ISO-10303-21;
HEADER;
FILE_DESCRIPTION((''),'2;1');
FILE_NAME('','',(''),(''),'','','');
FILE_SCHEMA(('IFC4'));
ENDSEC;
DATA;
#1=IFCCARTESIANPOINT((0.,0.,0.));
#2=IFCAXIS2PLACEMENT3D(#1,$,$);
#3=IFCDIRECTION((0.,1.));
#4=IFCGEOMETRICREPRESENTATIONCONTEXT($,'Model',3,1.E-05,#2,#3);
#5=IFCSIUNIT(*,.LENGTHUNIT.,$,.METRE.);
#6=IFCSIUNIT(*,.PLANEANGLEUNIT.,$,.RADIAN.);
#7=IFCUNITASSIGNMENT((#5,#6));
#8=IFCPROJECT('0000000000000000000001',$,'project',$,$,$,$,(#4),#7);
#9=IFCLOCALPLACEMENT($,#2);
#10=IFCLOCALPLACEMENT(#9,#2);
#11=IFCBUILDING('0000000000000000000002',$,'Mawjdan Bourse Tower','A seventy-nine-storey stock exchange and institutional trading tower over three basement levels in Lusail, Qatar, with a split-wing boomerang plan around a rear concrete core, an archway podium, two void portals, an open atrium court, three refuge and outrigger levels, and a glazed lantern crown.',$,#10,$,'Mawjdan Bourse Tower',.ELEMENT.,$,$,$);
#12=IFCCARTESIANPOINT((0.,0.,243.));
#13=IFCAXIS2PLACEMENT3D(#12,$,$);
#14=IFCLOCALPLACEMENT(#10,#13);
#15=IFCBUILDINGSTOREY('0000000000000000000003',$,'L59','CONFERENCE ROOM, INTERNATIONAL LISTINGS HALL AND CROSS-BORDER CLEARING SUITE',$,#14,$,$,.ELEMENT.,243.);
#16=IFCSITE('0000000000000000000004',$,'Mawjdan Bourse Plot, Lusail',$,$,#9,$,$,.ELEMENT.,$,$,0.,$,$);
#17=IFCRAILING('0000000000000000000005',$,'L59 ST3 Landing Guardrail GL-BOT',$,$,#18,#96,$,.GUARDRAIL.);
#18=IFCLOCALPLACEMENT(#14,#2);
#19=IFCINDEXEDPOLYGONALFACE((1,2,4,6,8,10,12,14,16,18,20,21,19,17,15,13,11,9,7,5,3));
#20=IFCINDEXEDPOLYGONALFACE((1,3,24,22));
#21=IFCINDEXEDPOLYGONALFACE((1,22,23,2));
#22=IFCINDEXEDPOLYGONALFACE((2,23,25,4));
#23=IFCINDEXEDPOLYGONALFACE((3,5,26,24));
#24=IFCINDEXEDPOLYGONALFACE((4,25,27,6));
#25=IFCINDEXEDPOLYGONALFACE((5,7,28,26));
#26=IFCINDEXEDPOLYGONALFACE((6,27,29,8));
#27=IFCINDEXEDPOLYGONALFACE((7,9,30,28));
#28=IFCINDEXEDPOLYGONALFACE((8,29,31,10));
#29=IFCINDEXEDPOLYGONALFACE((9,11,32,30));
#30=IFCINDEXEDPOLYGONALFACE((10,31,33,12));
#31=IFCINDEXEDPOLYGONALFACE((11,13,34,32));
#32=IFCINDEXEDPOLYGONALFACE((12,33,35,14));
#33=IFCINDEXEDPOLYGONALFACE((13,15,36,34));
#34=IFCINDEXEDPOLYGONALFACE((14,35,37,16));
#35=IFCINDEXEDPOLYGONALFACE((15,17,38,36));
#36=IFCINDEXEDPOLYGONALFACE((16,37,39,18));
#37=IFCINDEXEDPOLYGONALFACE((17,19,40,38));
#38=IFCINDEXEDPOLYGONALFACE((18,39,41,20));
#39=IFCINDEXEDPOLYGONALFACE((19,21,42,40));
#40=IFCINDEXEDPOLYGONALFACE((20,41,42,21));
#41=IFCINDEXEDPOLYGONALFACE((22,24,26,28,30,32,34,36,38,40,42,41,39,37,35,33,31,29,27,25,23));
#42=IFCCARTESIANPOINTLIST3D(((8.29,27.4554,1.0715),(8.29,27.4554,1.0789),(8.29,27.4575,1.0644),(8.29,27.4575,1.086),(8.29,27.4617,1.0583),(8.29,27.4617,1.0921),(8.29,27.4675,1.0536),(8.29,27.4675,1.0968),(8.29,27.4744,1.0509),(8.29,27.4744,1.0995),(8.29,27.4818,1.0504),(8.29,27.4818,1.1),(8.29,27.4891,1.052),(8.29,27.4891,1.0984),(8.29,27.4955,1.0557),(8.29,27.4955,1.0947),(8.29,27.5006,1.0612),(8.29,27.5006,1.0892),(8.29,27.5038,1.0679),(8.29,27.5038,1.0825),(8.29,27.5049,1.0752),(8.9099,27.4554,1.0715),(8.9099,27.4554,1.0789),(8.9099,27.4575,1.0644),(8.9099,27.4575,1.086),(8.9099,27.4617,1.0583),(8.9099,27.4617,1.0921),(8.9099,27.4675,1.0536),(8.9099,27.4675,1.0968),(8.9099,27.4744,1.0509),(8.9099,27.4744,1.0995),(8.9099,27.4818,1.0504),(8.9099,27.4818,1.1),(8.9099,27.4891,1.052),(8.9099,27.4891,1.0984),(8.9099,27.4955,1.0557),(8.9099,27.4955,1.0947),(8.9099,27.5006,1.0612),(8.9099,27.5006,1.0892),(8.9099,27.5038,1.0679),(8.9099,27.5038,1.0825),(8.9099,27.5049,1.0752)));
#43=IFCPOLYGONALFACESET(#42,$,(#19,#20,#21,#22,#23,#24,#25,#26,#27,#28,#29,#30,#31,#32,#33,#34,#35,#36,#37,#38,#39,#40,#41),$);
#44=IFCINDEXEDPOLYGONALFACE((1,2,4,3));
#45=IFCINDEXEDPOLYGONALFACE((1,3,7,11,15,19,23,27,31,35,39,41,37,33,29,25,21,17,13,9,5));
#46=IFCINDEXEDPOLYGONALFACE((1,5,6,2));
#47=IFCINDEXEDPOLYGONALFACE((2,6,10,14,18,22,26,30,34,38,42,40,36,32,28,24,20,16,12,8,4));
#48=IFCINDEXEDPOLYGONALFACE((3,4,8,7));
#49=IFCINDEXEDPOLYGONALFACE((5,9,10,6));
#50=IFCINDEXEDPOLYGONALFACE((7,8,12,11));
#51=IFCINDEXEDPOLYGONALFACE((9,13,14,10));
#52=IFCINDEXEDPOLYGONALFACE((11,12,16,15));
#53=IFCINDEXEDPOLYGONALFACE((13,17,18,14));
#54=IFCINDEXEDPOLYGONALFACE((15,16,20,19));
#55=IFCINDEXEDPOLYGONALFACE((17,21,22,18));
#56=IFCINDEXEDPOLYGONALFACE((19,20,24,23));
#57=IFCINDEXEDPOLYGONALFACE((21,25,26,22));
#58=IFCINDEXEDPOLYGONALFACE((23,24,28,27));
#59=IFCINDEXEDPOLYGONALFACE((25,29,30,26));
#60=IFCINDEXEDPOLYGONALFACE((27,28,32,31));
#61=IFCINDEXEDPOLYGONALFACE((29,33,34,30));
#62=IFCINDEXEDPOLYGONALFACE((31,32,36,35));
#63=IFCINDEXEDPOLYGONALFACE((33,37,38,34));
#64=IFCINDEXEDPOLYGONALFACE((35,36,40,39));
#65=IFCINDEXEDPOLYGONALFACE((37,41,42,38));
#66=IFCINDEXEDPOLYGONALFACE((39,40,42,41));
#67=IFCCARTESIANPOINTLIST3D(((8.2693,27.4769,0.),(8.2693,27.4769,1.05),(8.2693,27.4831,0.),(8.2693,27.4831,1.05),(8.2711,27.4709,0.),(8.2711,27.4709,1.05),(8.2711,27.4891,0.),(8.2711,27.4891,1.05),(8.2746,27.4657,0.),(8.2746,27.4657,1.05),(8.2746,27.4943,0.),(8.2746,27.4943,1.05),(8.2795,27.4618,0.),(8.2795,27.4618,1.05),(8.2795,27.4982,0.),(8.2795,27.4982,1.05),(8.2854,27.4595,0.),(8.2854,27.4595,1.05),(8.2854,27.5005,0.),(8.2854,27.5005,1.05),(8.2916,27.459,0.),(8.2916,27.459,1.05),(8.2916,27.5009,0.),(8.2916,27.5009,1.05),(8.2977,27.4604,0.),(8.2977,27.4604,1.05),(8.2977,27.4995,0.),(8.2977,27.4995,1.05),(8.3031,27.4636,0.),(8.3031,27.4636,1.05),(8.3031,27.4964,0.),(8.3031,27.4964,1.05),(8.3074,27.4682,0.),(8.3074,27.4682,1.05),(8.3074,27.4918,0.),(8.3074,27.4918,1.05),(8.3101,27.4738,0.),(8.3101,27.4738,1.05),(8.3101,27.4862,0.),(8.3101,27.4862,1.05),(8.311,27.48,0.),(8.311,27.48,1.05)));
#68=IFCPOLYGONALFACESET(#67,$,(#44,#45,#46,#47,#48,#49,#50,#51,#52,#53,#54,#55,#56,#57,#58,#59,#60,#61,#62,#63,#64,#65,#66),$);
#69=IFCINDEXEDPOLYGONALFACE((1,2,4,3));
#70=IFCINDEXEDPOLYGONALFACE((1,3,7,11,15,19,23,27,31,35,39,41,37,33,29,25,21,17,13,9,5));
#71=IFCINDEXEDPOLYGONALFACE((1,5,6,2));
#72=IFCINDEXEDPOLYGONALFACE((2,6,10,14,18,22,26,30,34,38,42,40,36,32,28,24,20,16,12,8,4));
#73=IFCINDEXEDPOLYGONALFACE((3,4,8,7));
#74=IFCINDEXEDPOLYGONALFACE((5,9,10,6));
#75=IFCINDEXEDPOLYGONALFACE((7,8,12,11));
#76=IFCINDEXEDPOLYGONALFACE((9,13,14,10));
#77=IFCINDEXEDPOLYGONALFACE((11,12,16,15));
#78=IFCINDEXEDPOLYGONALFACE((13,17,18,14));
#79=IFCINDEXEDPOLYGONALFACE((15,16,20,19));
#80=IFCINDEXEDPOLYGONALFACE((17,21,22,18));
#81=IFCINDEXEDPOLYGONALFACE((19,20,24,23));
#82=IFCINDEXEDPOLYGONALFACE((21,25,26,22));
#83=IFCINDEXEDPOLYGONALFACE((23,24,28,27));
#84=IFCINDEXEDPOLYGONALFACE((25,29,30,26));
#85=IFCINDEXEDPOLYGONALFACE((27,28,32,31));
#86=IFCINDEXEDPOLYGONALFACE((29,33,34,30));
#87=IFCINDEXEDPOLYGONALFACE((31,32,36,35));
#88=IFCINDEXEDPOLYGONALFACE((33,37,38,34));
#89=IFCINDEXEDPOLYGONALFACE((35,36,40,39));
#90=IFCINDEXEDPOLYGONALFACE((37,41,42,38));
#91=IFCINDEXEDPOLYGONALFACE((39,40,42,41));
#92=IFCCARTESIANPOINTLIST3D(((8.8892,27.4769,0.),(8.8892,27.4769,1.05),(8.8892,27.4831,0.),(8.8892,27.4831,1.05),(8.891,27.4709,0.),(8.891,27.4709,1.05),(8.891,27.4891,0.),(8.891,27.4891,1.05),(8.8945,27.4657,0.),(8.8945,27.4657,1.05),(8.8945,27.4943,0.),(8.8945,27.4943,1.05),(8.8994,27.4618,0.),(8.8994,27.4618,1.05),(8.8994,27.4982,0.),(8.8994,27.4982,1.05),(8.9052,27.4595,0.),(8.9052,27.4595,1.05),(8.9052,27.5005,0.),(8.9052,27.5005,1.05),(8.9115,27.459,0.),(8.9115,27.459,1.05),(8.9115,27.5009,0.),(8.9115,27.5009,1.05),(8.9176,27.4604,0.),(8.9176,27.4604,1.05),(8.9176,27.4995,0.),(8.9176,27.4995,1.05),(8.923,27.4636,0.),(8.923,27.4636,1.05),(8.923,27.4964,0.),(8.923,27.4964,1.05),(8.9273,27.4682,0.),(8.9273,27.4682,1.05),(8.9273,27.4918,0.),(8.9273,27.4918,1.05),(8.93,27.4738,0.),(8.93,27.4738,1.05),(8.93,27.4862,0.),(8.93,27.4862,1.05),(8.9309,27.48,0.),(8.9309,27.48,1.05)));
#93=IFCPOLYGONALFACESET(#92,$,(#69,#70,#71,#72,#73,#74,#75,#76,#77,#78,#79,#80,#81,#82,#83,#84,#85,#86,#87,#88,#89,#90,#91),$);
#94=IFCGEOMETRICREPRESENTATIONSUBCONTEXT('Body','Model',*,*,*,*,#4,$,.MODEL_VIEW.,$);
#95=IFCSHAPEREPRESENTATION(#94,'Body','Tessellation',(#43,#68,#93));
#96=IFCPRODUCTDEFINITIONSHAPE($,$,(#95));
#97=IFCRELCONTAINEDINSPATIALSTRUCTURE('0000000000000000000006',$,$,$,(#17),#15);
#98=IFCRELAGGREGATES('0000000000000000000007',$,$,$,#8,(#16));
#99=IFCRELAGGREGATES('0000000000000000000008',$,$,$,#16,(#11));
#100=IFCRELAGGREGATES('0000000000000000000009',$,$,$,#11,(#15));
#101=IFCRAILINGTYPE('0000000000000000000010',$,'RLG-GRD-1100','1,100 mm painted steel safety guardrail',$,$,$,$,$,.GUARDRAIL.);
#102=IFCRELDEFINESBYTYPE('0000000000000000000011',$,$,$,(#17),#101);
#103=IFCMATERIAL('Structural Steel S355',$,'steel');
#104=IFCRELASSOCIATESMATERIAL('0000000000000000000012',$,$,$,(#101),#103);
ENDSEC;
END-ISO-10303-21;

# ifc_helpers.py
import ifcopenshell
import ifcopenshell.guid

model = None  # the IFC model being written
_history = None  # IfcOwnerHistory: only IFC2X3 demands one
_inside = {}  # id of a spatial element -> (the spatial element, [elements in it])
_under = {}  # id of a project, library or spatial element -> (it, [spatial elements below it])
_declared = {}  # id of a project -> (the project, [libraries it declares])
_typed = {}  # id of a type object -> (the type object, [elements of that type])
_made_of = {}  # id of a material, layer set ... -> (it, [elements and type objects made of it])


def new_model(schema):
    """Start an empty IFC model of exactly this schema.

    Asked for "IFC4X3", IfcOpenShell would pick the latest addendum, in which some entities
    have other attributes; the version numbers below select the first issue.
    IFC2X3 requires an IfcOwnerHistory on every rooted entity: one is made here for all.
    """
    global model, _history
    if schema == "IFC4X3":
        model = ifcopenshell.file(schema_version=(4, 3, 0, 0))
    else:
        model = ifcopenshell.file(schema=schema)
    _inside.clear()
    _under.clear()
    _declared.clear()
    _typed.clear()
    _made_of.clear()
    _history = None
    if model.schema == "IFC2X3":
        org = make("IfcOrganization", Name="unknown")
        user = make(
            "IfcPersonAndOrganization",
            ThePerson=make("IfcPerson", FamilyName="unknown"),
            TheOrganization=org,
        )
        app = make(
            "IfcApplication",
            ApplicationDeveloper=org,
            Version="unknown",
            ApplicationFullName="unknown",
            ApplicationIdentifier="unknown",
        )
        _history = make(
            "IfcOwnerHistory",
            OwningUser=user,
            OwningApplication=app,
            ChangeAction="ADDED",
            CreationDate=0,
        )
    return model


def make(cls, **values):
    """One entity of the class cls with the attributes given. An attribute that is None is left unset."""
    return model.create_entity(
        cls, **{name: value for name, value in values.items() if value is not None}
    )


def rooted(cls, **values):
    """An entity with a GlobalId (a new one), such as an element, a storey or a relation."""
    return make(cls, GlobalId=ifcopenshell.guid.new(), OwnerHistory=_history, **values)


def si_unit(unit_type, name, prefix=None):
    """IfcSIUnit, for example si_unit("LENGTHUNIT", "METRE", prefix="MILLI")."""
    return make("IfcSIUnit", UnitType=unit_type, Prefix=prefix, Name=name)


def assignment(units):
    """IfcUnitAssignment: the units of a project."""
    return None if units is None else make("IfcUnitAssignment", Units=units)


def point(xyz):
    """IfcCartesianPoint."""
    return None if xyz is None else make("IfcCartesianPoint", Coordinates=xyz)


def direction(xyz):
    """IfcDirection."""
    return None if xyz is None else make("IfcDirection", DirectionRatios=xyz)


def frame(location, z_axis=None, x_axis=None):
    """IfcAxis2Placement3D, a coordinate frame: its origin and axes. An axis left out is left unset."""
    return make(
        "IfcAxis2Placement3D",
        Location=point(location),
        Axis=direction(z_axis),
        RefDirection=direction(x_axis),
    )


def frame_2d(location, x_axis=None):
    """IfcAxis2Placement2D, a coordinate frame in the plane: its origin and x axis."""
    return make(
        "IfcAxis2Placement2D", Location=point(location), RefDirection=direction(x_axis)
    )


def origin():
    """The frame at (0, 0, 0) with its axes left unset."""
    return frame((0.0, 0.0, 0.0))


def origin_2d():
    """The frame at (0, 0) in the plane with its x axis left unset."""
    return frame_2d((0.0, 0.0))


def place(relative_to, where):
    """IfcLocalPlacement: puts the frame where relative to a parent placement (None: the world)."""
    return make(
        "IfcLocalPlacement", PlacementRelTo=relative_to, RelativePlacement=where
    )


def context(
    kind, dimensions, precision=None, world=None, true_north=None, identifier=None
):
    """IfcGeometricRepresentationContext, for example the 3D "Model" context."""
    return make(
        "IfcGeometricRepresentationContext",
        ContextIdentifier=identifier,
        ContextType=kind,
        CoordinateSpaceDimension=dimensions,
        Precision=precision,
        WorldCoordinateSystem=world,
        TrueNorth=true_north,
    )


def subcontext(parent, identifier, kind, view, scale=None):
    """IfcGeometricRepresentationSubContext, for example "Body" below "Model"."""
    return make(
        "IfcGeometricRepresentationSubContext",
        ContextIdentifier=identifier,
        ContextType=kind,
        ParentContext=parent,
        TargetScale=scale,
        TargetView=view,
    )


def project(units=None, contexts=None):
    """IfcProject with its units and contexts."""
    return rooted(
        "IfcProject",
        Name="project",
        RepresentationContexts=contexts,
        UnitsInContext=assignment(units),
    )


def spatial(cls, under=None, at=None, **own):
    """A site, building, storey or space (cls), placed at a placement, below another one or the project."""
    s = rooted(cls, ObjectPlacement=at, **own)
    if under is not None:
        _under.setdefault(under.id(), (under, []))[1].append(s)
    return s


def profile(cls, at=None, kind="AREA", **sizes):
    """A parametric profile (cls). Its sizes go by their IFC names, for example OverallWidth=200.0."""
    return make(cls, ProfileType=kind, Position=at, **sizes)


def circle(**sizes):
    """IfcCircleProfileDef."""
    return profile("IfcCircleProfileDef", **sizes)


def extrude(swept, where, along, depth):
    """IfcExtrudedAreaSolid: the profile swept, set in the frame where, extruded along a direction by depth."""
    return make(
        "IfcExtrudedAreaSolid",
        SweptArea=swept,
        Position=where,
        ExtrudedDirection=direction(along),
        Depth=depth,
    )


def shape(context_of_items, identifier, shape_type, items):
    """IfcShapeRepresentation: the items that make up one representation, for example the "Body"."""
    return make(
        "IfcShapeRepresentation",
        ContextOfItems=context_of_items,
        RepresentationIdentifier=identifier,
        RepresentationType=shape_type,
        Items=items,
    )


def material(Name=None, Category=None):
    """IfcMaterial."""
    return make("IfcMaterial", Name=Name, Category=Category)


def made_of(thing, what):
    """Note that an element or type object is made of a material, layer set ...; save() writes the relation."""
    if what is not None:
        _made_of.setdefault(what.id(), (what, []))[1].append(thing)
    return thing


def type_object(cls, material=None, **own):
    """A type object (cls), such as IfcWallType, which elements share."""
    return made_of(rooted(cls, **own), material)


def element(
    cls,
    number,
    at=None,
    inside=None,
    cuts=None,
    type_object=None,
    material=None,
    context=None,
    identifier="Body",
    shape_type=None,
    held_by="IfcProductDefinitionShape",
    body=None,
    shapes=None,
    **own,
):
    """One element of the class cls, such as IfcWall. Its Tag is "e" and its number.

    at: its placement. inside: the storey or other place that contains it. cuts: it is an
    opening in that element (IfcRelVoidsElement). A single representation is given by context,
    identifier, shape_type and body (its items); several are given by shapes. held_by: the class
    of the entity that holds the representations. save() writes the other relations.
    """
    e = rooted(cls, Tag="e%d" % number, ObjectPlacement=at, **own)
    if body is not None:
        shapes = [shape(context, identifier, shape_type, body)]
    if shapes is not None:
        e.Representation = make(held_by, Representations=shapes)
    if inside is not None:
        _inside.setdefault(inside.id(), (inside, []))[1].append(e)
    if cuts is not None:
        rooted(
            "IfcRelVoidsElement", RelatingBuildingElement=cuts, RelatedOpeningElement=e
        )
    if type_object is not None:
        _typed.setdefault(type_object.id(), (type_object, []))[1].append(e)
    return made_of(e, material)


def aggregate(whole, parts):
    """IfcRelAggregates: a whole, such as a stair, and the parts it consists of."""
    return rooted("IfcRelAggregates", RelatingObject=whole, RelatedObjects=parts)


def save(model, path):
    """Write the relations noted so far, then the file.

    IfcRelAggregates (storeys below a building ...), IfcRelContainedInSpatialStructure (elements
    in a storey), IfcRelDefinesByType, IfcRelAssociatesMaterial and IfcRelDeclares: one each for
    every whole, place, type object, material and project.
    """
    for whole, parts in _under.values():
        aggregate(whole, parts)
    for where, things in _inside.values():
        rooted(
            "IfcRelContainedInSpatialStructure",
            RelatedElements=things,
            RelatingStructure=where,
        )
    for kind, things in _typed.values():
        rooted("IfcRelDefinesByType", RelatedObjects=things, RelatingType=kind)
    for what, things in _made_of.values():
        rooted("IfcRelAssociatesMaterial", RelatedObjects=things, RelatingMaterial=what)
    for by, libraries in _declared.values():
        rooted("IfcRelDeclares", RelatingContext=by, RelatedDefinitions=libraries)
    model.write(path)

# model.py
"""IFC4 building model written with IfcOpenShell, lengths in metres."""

from ifc_helpers import new_model, si_unit, direction, frame, origin, origin_2d, place, context, subcontext, project, spatial, circle, extrude, material, type_object, element, save


model = new_model("IFC4")

# Units and contexts
model_context = context("Model", 3, precision=1e-05, world=origin(), true_north=direction((0.0, 1.0)))
body_context = subcontext(model_context, "Body", "Model", "MODEL_VIEW")
ifc_project = project(units=[si_unit("LENGTHUNIT", "METRE"), si_unit("PLANEANGLEUNIT", "RADIAN")], contexts=[model_context])

# Site, building, storey
site_placement = place(None, origin())
site = spatial("IfcSite", under=ifc_project, at=site_placement, Name="Mawjdan Bourse Plot, Lusail", CompositionType="ELEMENT", RefElevation=0.0)
building_placement = place(site_placement, origin())
building = spatial("IfcBuilding", under=site, at=building_placement, Name="Mawjdan Bourse Tower", Description="A seventy-nine-storey stock exchange and institutional trading tower over three basement levels in Lusail, Qatar, with a split-wing boomerang plan around a rear concrete core, an archway podium, two void portals, an open atrium court, three refuge and outrigger levels, and a glazed lantern crown.", LongName="Mawjdan Bourse Tower", CompositionType="ELEMENT")
storey_placement = place(building_placement, frame((0.0, 0.0, 243.0)))
storey = spatial("IfcBuildingStorey", under=building, at=storey_placement, Name="L59", Description="CONFERENCE ROOM, INTERNATIONAL LISTINGS HALL AND CROSS-BORDER CLEARING SUITE", CompositionType="ELEMENT", Elevation=243.0)

# Shared definitions
ifc_material_1 = material(Name="Structural Steel S355", Category="steel")

# Railing
railing_type_1 = type_object("IfcRailingType", Name="RLG-GRD-1100", Description="1,100 mm painted steel safety guardrail", PredefinedType="GUARDRAIL", material=ifc_material_1)
railing_1_placement = place(storey_placement, frame((8.29, 27.48, 0.0)))
element("IfcRailing", 1, at=railing_1_placement, inside=storey, type_object=railing_type_1, Name="L59 ST3 Landing Guardrail GL-BOT", PredefinedType="GUARDRAIL", context=body_context, shape_type="SweptSolid", body=[
    extrude(circle(Radius=0.0249, at=origin_2d()), frame((0.0, 0.0, 1.0752), z_axis=(1.0, 0.0, 0.0), x_axis=(0.0, 1.0, 0.0)), (0.0, 0.0, 1.0), 0.6199),
    extrude(circle(Radius=0.021, at=origin_2d()), origin(), (0.0, 0.0, 1.0), 1.05),
    extrude(circle(Radius=0.021, at=origin_2d()), frame((0.6199, 0.0, 0.0)), (0.0, 0.0, 1.0), 1.05),
])

save(model, "model.ifc")
